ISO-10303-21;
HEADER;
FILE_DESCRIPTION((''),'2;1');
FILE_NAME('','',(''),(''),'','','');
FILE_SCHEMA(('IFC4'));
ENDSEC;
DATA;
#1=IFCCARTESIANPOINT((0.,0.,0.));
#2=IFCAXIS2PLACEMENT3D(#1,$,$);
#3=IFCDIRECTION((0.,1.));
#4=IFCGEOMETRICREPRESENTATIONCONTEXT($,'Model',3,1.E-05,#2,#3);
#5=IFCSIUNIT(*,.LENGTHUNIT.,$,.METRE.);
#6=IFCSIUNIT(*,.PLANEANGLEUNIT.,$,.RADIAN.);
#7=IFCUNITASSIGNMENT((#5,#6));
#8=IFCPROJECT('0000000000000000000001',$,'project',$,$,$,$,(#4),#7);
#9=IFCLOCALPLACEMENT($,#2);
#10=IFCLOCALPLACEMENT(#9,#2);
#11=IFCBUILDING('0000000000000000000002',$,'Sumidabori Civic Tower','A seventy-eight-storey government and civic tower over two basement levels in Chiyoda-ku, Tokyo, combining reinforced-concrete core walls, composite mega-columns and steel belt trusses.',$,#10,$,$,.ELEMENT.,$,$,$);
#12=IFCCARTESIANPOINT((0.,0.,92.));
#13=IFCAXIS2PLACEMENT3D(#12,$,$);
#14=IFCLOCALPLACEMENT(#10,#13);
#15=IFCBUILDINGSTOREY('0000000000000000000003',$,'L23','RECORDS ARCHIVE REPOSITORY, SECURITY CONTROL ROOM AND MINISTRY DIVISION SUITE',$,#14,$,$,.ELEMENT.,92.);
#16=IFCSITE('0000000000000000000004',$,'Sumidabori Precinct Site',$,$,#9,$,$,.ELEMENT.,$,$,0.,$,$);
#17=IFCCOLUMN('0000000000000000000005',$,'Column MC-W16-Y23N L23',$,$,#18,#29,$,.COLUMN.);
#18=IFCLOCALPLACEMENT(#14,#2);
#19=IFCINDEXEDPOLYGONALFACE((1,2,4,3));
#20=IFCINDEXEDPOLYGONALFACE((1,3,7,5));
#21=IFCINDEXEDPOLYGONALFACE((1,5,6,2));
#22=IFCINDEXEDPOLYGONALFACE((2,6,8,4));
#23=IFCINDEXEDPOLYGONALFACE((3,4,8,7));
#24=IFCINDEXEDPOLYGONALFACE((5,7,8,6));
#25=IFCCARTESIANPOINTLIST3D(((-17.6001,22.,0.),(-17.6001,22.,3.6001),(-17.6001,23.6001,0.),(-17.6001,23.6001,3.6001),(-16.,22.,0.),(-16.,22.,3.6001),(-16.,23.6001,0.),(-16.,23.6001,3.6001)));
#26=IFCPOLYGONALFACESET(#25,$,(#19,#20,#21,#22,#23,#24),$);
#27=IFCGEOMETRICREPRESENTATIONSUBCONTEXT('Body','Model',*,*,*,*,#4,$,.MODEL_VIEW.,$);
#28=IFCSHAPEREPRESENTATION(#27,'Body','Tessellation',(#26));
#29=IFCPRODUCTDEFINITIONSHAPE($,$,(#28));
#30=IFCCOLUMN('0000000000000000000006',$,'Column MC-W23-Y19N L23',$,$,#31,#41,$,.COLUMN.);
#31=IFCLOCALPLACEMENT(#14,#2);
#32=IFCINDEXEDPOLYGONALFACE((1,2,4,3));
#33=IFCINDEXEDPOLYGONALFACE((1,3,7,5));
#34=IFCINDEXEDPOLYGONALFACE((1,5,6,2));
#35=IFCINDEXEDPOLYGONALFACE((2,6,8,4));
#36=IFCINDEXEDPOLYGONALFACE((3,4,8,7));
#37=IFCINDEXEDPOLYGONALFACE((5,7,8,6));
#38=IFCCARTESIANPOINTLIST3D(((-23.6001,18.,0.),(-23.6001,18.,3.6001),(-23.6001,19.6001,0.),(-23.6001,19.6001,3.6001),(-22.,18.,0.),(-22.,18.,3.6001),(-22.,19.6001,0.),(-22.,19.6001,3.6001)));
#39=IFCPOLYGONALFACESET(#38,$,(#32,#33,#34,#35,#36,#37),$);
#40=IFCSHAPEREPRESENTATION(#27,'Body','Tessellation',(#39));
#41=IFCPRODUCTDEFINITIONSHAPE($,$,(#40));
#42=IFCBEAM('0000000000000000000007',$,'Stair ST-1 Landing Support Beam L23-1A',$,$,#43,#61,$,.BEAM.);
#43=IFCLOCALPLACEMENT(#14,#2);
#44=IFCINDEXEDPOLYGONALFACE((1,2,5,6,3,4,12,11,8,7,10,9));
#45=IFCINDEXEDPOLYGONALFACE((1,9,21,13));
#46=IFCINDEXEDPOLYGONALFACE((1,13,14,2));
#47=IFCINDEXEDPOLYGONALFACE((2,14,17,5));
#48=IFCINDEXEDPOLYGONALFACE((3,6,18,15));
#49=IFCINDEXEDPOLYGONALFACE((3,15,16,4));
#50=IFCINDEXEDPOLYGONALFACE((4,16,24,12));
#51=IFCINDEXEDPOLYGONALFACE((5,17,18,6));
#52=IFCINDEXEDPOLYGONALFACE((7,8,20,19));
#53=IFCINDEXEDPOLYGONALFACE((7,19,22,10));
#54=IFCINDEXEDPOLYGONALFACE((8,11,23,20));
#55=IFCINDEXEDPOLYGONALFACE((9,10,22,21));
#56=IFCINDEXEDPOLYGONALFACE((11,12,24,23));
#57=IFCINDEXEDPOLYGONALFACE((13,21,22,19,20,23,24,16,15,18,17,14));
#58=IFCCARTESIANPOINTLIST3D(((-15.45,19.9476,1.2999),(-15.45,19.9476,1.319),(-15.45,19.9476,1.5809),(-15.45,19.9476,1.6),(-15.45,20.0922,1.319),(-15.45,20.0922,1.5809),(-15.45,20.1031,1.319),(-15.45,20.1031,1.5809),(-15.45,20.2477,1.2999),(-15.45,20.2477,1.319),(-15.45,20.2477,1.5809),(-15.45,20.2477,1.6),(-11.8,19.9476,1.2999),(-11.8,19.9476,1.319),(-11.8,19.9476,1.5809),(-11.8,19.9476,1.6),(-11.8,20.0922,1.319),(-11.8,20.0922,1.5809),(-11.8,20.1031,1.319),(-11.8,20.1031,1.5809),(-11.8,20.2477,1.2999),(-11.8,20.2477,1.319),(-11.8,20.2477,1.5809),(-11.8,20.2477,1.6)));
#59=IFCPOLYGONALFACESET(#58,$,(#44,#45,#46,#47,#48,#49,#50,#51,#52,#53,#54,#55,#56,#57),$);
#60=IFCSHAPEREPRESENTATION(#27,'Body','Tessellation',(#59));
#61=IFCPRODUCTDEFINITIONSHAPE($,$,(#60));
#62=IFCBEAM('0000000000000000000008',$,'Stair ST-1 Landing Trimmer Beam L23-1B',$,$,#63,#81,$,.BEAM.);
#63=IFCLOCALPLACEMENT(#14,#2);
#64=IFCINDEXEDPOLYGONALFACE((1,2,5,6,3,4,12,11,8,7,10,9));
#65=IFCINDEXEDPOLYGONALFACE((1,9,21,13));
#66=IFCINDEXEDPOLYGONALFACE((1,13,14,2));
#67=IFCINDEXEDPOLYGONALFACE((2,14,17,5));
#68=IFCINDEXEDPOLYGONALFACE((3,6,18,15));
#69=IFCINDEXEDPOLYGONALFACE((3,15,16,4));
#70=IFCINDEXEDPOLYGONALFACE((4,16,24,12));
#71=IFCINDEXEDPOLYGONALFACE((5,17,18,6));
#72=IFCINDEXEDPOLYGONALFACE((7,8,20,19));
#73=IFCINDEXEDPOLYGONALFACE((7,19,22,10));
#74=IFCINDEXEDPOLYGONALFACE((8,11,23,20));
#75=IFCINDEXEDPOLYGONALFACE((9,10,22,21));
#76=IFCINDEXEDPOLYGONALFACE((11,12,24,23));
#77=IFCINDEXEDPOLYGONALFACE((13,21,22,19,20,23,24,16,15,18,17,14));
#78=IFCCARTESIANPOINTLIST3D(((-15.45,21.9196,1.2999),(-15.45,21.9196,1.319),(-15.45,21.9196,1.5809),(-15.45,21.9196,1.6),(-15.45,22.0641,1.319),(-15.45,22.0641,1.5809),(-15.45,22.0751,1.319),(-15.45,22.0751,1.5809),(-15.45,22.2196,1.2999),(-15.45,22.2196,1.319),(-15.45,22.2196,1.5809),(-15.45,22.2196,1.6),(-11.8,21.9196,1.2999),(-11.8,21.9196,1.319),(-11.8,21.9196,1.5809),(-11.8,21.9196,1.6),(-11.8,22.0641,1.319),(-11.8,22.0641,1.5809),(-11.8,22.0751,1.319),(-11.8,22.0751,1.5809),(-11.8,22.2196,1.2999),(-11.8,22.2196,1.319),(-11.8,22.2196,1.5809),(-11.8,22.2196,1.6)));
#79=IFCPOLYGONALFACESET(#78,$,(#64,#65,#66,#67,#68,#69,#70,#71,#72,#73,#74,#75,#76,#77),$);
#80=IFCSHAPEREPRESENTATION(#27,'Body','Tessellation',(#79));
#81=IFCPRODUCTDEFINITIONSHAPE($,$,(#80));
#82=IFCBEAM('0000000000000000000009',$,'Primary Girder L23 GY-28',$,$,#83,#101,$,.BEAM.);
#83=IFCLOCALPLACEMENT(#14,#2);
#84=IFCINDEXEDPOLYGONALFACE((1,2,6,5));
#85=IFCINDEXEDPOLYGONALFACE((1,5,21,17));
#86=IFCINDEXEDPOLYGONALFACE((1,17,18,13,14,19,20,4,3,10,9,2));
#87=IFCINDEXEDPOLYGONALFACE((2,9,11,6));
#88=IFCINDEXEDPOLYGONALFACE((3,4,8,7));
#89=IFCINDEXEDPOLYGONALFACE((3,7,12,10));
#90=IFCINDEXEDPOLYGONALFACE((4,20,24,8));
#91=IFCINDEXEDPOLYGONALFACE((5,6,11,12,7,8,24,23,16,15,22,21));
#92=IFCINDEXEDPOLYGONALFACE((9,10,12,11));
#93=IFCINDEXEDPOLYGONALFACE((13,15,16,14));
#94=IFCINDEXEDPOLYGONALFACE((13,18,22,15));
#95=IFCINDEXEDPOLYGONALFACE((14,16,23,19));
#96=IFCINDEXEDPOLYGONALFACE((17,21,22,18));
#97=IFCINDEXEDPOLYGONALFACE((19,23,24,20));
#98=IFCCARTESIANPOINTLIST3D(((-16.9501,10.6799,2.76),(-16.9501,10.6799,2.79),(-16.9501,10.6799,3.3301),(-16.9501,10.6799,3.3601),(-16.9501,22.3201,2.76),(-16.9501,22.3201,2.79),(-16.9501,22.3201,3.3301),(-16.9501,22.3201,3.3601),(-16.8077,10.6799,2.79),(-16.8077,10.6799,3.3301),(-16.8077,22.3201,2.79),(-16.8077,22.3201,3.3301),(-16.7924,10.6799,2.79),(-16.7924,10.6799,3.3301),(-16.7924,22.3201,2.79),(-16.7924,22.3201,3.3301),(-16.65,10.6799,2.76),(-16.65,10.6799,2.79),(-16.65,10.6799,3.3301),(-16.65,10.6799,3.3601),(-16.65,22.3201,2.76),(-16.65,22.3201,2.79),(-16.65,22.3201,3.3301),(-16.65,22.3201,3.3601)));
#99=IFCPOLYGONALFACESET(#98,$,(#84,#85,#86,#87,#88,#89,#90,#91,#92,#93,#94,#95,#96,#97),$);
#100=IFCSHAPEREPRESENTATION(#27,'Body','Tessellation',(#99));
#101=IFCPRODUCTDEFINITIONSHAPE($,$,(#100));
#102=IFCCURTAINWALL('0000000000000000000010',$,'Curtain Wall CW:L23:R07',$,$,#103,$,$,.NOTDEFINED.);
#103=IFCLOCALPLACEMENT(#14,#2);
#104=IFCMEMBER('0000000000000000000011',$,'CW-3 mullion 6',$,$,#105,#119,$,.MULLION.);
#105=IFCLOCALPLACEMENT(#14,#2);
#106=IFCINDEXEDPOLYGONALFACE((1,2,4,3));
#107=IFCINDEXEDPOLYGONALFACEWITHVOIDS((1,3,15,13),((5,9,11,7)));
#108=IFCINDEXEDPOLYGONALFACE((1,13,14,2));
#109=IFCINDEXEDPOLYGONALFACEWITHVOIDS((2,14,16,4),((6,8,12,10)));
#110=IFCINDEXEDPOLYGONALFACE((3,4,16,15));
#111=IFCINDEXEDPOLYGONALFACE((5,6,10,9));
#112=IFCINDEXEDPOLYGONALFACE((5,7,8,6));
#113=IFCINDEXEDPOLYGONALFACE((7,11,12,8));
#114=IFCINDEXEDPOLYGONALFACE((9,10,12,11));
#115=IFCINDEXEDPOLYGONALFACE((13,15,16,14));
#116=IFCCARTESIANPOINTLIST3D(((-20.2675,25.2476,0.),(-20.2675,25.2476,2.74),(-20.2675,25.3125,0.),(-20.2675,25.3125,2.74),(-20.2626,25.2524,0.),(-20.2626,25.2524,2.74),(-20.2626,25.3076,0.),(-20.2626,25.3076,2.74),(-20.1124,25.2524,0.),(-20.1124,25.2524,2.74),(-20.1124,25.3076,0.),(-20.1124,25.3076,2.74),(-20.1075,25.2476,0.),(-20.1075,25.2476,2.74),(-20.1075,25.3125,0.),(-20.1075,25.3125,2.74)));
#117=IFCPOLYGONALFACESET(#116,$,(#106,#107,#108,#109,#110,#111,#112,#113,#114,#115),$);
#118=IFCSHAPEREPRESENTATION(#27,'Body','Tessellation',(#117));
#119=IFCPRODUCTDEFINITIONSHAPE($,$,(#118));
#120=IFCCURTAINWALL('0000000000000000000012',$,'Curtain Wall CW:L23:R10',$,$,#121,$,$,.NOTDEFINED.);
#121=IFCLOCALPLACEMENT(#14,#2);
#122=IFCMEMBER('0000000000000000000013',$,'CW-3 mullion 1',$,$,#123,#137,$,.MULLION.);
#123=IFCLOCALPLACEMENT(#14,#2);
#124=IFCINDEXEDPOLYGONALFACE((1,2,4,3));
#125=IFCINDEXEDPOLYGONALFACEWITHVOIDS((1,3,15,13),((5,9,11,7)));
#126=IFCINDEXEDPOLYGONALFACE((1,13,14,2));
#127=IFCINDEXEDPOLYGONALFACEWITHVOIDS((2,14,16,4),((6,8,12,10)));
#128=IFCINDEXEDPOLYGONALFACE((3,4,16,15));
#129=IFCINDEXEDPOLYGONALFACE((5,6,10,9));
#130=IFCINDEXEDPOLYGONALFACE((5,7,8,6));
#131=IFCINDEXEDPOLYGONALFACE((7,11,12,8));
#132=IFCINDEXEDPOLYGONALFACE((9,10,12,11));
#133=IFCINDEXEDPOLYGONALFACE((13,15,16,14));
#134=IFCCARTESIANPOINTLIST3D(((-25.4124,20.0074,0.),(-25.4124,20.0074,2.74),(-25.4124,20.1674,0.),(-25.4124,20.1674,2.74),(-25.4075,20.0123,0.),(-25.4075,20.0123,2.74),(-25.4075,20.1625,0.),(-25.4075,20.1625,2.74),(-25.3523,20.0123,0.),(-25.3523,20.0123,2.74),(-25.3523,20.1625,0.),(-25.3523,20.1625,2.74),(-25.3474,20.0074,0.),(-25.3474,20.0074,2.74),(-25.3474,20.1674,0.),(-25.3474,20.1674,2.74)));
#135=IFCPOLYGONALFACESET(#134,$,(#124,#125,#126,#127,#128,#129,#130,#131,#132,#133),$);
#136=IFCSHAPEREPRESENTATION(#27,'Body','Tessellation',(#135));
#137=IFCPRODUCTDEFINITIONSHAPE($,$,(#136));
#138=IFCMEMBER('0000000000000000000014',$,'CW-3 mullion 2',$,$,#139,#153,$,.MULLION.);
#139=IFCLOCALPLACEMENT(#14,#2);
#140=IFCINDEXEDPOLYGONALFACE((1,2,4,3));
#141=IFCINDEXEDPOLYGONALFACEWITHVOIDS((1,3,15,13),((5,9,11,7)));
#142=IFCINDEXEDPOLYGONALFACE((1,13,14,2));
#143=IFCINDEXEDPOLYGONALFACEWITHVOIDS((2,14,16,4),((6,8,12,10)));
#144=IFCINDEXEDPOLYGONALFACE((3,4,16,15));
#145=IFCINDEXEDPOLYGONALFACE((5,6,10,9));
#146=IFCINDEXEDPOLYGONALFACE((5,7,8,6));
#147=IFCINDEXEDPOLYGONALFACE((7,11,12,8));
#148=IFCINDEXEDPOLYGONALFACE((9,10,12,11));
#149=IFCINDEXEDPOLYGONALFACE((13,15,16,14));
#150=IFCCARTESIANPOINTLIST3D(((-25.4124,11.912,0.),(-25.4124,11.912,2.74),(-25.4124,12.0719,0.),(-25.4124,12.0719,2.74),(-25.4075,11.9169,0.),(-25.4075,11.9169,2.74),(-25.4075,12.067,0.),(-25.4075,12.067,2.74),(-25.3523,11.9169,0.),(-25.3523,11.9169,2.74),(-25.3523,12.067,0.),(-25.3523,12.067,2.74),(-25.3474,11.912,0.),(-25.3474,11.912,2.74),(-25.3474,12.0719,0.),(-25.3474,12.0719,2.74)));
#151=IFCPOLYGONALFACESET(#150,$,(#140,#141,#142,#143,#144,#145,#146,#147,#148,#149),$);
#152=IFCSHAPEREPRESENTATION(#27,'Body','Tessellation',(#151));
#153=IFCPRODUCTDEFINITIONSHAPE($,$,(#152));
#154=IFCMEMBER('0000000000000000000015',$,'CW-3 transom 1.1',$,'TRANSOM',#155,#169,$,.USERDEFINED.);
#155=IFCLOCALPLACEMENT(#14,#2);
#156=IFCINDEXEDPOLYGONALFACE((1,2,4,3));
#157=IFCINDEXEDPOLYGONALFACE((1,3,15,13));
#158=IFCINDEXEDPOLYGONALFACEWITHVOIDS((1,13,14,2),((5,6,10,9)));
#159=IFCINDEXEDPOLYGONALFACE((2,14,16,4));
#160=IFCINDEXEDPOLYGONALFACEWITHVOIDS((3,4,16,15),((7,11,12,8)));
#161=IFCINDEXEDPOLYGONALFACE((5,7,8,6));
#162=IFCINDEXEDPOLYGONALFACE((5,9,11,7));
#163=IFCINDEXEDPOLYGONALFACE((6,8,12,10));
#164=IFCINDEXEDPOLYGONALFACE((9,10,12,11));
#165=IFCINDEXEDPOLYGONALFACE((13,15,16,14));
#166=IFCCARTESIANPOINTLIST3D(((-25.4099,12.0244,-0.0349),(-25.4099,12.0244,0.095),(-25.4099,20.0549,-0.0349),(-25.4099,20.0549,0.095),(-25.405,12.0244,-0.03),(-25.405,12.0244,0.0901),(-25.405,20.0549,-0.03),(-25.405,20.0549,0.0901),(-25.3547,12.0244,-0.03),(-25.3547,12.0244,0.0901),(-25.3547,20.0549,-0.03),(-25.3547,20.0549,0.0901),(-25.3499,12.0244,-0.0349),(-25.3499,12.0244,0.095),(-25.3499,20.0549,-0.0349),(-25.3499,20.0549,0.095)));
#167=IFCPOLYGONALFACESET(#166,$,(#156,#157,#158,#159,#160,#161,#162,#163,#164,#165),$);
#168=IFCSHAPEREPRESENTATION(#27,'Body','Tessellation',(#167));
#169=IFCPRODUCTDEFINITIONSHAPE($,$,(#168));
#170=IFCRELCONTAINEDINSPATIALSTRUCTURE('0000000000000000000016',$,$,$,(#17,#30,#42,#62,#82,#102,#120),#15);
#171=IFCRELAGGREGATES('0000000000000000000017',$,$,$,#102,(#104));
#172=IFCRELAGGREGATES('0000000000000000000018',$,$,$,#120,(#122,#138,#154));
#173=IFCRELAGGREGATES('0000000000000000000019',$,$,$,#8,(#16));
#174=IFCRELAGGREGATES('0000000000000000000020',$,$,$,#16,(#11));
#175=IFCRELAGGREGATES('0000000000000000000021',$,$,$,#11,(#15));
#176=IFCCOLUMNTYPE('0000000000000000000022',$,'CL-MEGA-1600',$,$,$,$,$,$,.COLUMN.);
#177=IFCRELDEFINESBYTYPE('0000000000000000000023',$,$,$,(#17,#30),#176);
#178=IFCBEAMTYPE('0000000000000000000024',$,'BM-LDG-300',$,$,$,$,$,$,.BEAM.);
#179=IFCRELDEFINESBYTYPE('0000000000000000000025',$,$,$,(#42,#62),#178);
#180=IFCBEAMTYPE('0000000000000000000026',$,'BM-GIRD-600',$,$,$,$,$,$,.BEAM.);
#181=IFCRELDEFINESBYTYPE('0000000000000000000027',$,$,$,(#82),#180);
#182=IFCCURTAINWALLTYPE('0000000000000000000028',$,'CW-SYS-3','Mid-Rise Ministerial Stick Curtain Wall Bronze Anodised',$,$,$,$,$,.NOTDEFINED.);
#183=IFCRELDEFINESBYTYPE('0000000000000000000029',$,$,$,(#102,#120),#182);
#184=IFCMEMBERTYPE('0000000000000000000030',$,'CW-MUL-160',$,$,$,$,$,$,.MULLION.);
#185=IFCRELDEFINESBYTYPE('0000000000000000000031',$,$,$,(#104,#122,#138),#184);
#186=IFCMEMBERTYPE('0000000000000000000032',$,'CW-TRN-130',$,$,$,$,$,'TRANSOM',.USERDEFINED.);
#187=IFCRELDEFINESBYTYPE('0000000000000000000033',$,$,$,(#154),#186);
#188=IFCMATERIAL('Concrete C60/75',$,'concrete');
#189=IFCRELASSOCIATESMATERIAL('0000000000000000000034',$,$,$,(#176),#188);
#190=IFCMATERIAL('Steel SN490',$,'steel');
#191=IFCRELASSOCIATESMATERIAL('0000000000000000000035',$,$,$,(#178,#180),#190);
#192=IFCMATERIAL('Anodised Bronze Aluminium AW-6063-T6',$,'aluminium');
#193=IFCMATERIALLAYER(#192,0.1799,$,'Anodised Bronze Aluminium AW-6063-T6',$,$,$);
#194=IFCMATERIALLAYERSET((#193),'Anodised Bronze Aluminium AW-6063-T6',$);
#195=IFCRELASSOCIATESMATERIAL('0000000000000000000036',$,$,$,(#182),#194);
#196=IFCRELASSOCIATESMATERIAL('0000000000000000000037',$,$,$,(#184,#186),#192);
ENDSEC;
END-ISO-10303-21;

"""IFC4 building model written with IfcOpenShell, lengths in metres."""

from ifc_helpers import new_model, si_unit, direction, frame, origin, origin_2d, place, context, subcontext, project, spatial, rectangle, hollow_rectangle, i_section, extrude, source, transform, mapped, material, layer, layer_set, material_profile, profile_set, type_object, element, aggregate, save


model = new_model("IFC4")

# Units and contexts
model_context = context("Model", 3, precision=1e-05, world=origin(), true_north=direction((0.0, 1.0)))
body_context = subcontext(model_context, "Body", "Model", "MODEL_VIEW")
ifc_project = project(units=[si_unit("LENGTHUNIT", "METRE"), si_unit("PLANEANGLEUNIT", "RADIAN")], contexts=[model_context])

# Site, building, storey
site_placement = place(None, origin())
site = spatial("IfcSite", under=ifc_project, at=site_placement, Name="Sumidabori Precinct Site", CompositionType="ELEMENT", RefElevation=0.0)
building_placement = place(site_placement, origin())
building = spatial("IfcBuilding", under=site, at=building_placement, Name="Sumidabori Civic Tower", Description="A seventy-eight-storey government and civic tower over two basement levels in Chiyoda-ku, Tokyo, combining reinforced-concrete core walls, composite mega-columns and steel belt trusses.", CompositionType="ELEMENT")
storey_placement = place(building_placement, frame((0.0, 0.0, 92.0)))
storey = spatial("IfcBuildingStorey", under=building, at=storey_placement, Name="L23", Description="RECORDS ARCHIVE REPOSITORY, SECURITY CONTROL ROOM AND MINISTRY DIVISION SUITE", CompositionType="ELEMENT", Elevation=92.0)

# Columns
ifc_material_1 = material(Name="Concrete C60/75", Category="concrete")
ifc_material_profile_1 = material_profile(ifc_material_1, rectangle(XDim=1.6001, YDim=1.6001, at=origin_2d()), Name="RC 1600x1600")
ifc_profile_set_1 = profile_set([ifc_material_profile_1], Name="Concrete C60/75")
column_type = type_object("IfcColumnType", Name="CL-MEGA-1600", PredefinedType="COLUMN", material=ifc_profile_set_1)
shared_shape_1 = source(origin(), body_context, "Body", "SweptSolid", [
    extrude(rectangle(XDim=1.6001, YDim=1.6001, at=origin_2d()), origin(), (0.0, 0.0, 1.0), 3.6001),
])
for number, where, z_axis, x_axis, name in (
    (1, (-16.8, 22.8, 0.0), (0.0, 0.0, 1.0), (1.0, 0.0, 0.0), "Column MC-W16-Y23N L23"),
    (2, (-22.8, 18.8, 0.0), (0.0, 0.0, 1.0), (1.0, 0.0, 0.0), "Column MC-W23-Y19N L23"),
):
    element("IfcColumn", number, at=place(storey_placement, frame(where, z_axis=z_axis, x_axis=x_axis)), inside=storey, type_object=column_type, Name=name, PredefinedType="COLUMN", context=body_context, shape_type="MappedRepresentation", body=[
        mapped(shared_shape_1, transform((0.0, 0.0, 0.0), x_axis=(1.0, 0.0, 0.0), y_axis=(0.0, 1.0, 0.0), z_axis=(0.0, 0.0, 1.0), scale=1.0)),
    ])

# Beams
ifc_material_2 = material(Name="Steel SN490", Category="steel")
ifc_material_profile_2 = material_profile(ifc_material_2, i_section(OverallWidth=0.3, OverallDepth=0.3, WebThickness=0.011, FlangeThickness=0.019, at=origin_2d()), Name="HE 300 B")
ifc_profile_set_2 = profile_set([ifc_material_profile_2], Name="Steel SN490")
beam_type_1 = type_object("IfcBeamType", Name="BM-LDG-300", PredefinedType="BEAM", material=ifc_profile_set_2)
shared_shape_2 = source(origin(), body_context, "Body", "SweptSolid", [
    extrude(i_section(OverallWidth=0.3, OverallDepth=0.3, WebThickness=0.011, FlangeThickness=0.019, at=origin_2d()), origin(), (0.0, 0.0, 1.0), 3.6499),
])
for number, where, z_axis, x_axis, name in (
    (3, (-15.45, 20.0977, 1.45), (1.0, 0.0, 0.0), (0.0, 1.0, 0.0), "Stair ST-1 Landing Support Beam L23-1A"),
    (4, (-15.45, 22.0696, 1.45), (1.0, 0.0, 0.0), (0.0, 1.0, 0.0), "Stair ST-1 Landing Trimmer Beam L23-1B"),
):
    element("IfcBeam", number, at=place(storey_placement, frame(where, z_axis=z_axis, x_axis=x_axis)), inside=storey, type_object=beam_type_1, Name=name, PredefinedType="BEAM", context=body_context, shape_type="MappedRepresentation", body=[
        mapped(shared_shape_2, transform((0.0, 0.0, 0.0), x_axis=(1.0, 0.0, 0.0), y_axis=(0.0, 1.0, 0.0), z_axis=(0.0, 0.0, 1.0), scale=1.0)),
    ])
ifc_material_profile_3 = material_profile(ifc_material_2, i_section(OverallWidth=0.3, OverallDepth=0.6001, WebThickness=0.0154, FlangeThickness=0.03, at=origin_2d()), Name="HE 600 B")
ifc_profile_set_3 = profile_set([ifc_material_profile_3], Name="Steel SN490")
beam_type_2 = type_object("IfcBeamType", Name="BM-GIRD-600", PredefinedType="BEAM", material=ifc_profile_set_3)
shared_shape_3 = source(origin(), body_context, "Body", "SweptSolid", [
    extrude(i_section(OverallWidth=0.3, OverallDepth=0.6001, WebThickness=0.0154, FlangeThickness=0.03, at=origin_2d()), origin(), (0.0, 0.0, 1.0), 11.6401),
])
beam_placement = place(storey_placement, frame((-16.8, 10.6799, 3.0601), z_axis=(0.0, 1.0, 0.0), x_axis=(-1.0, 0.0, 0.0)))
element("IfcBeam", 5, at=beam_placement, inside=storey, type_object=beam_type_2, Name="Primary Girder L23 GY-28", PredefinedType="BEAM", context=body_context, shape_type="MappedRepresentation", body=[
    mapped(shared_shape_3, transform((0.0, 0.0, 0.0), x_axis=(1.0, 0.0, 0.0), y_axis=(0.0, 1.0, 0.0), z_axis=(0.0, 0.0, 1.0), scale=1.0)),
])

# Curtain wall, member
ifc_material_3 = material(Name="Anodised Bronze Aluminium AW-6063-T6", Category="aluminium")
ifc_layer_1 = layer(ifc_material_3, 0.1799, Name="Anodised Bronze Aluminium AW-6063-T6")
ifc_layer_set_1 = layer_set([ifc_layer_1], Name="Anodised Bronze Aluminium AW-6063-T6")
curtain_wall_type = type_object("IfcCurtainWallType", Name="CW-SYS-3", Description="Mid-Rise Ministerial Stick Curtain Wall Bronze Anodised", PredefinedType="NOTDEFINED", material=ifc_layer_set_1)
curtain_wall_1_placement = place(storey_placement, origin())
curtain_wall_1 = element("IfcCurtainWall", 6, at=curtain_wall_1_placement, inside=storey, type_object=curtain_wall_type, Name="Curtain Wall CW:L23:R07", PredefinedType="NOTDEFINED")
ifc_material_profile_4 = material_profile(ifc_material_3, hollow_rectangle(XDim=0.0649, YDim=0.1599, WallThickness=0.0049, at=origin_2d()), Name="ALU MULLION 160x65")
ifc_profile_set_4 = profile_set([ifc_material_profile_4], Name="Anodised Bronze Aluminium AW-6063-T6")
member_type_1 = type_object("IfcMemberType", Name="CW-MUL-160", PredefinedType="MULLION", material=ifc_profile_set_4)
shared_shape_4 = source(origin(), body_context, "Body", "SweptSolid", [
    extrude(hollow_rectangle(XDim=0.0649, YDim=0.1599, WallThickness=0.0049, at=origin_2d()), origin(), (0.0, 0.0, 1.0), 2.74),
])
member_1_placement = place(storey_placement, frame((-20.1875, 25.28, 0.0), z_axis=(0.0, 0.0, 1.0), x_axis=(0.0, -1.0, 0.0)))
member_1 = element("IfcMember", 7, at=member_1_placement, type_object=member_type_1, Name="CW-3 mullion 6", PredefinedType="MULLION", context=body_context, shape_type="MappedRepresentation", body=[
    mapped(shared_shape_4, transform((0.0, 0.0, 0.0), x_axis=(1.0, 0.0, 0.0), y_axis=(0.0, 1.0, 0.0), z_axis=(0.0, 0.0, 1.0), scale=1.0)),
])

# Curtain wall, members
curtain_wall_2_placement = place(storey_placement, origin())
curtain_wall_2 = element("IfcCurtainWall", 8, at=curtain_wall_2_placement, inside=storey, type_object=curtain_wall_type, Name="Curtain Wall CW:L23:R10", PredefinedType="NOTDEFINED")
member_2_placement = place(storey_placement, frame((-25.3799, 20.0874, 0.0), z_axis=(0.0, 0.0, 1.0), x_axis=(1.0, 0.0, 0.0)))
member_2 = element("IfcMember", 9, at=member_2_placement, type_object=member_type_1, Name="CW-3 mullion 1", PredefinedType="MULLION", context=body_context, shape_type="MappedRepresentation", body=[
    mapped(shared_shape_4, transform((0.0, 0.0, 0.0), x_axis=(1.0, 0.0, 0.0), y_axis=(0.0, 1.0, 0.0), z_axis=(0.0, 0.0, 1.0), scale=1.0)),
])
member_3_placement = place(storey_placement, frame((-25.3799, 11.9919, 0.0), z_axis=(0.0, 0.0, 1.0), x_axis=(1.0, 0.0, 0.0)))
member_3 = element("IfcMember", 10, at=member_3_placement, type_object=member_type_1, Name="CW-3 mullion 2", PredefinedType="MULLION", context=body_context, shape_type="MappedRepresentation", body=[
    mapped(shared_shape_4, transform((0.0, 0.0, 0.0), x_axis=(1.0, 0.0, 0.0), y_axis=(0.0, 1.0, 0.0), z_axis=(0.0, 0.0, 1.0), scale=1.0)),
])
ifc_material_profile_5 = material_profile(ifc_material_3, hollow_rectangle(XDim=0.0601, YDim=0.1299, WallThickness=0.0049, at=origin_2d()), Name="ALU TRANSOM 130x60")
ifc_profile_set_5 = profile_set([ifc_material_profile_5], Name="Anodised Bronze Aluminium AW-6063-T6")
member_type_2 = type_object("IfcMemberType", Name="CW-TRN-130", ElementType="TRANSOM", PredefinedType="USERDEFINED", material=ifc_profile_set_5)
shared_shape_5 = source(origin(), body_context, "Body", "SweptSolid", [
    extrude(hollow_rectangle(XDim=0.0601, YDim=0.1299, WallThickness=0.0049, at=origin_2d()), origin(), (0.0, 0.0, 1.0), 8.0305),
])
member_4_placement = place(storey_placement, frame((-25.3799, 20.0549, 0.03), z_axis=(0.0, -1.0, 0.0), x_axis=(1.0, 0.0, 0.0)))
member_4 = element("IfcMember", 11, at=member_4_placement, type_object=member_type_2, Name="CW-3 transom 1.1", ObjectType="TRANSOM", PredefinedType="USERDEFINED", context=body_context, shape_type="MappedRepresentation", body=[
    mapped(shared_shape_5, transform((0.0, 0.0, 0.0), x_axis=(1.0, 0.0, 0.0), y_axis=(0.0, 1.0, 0.0), z_axis=(0.0, 0.0, 1.0), scale=1.0)),
])

aggregate(curtain_wall_1, [member_1])
aggregate(curtain_wall_2, [member_2, member_3, member_4])

save(model, "model.ifc")
